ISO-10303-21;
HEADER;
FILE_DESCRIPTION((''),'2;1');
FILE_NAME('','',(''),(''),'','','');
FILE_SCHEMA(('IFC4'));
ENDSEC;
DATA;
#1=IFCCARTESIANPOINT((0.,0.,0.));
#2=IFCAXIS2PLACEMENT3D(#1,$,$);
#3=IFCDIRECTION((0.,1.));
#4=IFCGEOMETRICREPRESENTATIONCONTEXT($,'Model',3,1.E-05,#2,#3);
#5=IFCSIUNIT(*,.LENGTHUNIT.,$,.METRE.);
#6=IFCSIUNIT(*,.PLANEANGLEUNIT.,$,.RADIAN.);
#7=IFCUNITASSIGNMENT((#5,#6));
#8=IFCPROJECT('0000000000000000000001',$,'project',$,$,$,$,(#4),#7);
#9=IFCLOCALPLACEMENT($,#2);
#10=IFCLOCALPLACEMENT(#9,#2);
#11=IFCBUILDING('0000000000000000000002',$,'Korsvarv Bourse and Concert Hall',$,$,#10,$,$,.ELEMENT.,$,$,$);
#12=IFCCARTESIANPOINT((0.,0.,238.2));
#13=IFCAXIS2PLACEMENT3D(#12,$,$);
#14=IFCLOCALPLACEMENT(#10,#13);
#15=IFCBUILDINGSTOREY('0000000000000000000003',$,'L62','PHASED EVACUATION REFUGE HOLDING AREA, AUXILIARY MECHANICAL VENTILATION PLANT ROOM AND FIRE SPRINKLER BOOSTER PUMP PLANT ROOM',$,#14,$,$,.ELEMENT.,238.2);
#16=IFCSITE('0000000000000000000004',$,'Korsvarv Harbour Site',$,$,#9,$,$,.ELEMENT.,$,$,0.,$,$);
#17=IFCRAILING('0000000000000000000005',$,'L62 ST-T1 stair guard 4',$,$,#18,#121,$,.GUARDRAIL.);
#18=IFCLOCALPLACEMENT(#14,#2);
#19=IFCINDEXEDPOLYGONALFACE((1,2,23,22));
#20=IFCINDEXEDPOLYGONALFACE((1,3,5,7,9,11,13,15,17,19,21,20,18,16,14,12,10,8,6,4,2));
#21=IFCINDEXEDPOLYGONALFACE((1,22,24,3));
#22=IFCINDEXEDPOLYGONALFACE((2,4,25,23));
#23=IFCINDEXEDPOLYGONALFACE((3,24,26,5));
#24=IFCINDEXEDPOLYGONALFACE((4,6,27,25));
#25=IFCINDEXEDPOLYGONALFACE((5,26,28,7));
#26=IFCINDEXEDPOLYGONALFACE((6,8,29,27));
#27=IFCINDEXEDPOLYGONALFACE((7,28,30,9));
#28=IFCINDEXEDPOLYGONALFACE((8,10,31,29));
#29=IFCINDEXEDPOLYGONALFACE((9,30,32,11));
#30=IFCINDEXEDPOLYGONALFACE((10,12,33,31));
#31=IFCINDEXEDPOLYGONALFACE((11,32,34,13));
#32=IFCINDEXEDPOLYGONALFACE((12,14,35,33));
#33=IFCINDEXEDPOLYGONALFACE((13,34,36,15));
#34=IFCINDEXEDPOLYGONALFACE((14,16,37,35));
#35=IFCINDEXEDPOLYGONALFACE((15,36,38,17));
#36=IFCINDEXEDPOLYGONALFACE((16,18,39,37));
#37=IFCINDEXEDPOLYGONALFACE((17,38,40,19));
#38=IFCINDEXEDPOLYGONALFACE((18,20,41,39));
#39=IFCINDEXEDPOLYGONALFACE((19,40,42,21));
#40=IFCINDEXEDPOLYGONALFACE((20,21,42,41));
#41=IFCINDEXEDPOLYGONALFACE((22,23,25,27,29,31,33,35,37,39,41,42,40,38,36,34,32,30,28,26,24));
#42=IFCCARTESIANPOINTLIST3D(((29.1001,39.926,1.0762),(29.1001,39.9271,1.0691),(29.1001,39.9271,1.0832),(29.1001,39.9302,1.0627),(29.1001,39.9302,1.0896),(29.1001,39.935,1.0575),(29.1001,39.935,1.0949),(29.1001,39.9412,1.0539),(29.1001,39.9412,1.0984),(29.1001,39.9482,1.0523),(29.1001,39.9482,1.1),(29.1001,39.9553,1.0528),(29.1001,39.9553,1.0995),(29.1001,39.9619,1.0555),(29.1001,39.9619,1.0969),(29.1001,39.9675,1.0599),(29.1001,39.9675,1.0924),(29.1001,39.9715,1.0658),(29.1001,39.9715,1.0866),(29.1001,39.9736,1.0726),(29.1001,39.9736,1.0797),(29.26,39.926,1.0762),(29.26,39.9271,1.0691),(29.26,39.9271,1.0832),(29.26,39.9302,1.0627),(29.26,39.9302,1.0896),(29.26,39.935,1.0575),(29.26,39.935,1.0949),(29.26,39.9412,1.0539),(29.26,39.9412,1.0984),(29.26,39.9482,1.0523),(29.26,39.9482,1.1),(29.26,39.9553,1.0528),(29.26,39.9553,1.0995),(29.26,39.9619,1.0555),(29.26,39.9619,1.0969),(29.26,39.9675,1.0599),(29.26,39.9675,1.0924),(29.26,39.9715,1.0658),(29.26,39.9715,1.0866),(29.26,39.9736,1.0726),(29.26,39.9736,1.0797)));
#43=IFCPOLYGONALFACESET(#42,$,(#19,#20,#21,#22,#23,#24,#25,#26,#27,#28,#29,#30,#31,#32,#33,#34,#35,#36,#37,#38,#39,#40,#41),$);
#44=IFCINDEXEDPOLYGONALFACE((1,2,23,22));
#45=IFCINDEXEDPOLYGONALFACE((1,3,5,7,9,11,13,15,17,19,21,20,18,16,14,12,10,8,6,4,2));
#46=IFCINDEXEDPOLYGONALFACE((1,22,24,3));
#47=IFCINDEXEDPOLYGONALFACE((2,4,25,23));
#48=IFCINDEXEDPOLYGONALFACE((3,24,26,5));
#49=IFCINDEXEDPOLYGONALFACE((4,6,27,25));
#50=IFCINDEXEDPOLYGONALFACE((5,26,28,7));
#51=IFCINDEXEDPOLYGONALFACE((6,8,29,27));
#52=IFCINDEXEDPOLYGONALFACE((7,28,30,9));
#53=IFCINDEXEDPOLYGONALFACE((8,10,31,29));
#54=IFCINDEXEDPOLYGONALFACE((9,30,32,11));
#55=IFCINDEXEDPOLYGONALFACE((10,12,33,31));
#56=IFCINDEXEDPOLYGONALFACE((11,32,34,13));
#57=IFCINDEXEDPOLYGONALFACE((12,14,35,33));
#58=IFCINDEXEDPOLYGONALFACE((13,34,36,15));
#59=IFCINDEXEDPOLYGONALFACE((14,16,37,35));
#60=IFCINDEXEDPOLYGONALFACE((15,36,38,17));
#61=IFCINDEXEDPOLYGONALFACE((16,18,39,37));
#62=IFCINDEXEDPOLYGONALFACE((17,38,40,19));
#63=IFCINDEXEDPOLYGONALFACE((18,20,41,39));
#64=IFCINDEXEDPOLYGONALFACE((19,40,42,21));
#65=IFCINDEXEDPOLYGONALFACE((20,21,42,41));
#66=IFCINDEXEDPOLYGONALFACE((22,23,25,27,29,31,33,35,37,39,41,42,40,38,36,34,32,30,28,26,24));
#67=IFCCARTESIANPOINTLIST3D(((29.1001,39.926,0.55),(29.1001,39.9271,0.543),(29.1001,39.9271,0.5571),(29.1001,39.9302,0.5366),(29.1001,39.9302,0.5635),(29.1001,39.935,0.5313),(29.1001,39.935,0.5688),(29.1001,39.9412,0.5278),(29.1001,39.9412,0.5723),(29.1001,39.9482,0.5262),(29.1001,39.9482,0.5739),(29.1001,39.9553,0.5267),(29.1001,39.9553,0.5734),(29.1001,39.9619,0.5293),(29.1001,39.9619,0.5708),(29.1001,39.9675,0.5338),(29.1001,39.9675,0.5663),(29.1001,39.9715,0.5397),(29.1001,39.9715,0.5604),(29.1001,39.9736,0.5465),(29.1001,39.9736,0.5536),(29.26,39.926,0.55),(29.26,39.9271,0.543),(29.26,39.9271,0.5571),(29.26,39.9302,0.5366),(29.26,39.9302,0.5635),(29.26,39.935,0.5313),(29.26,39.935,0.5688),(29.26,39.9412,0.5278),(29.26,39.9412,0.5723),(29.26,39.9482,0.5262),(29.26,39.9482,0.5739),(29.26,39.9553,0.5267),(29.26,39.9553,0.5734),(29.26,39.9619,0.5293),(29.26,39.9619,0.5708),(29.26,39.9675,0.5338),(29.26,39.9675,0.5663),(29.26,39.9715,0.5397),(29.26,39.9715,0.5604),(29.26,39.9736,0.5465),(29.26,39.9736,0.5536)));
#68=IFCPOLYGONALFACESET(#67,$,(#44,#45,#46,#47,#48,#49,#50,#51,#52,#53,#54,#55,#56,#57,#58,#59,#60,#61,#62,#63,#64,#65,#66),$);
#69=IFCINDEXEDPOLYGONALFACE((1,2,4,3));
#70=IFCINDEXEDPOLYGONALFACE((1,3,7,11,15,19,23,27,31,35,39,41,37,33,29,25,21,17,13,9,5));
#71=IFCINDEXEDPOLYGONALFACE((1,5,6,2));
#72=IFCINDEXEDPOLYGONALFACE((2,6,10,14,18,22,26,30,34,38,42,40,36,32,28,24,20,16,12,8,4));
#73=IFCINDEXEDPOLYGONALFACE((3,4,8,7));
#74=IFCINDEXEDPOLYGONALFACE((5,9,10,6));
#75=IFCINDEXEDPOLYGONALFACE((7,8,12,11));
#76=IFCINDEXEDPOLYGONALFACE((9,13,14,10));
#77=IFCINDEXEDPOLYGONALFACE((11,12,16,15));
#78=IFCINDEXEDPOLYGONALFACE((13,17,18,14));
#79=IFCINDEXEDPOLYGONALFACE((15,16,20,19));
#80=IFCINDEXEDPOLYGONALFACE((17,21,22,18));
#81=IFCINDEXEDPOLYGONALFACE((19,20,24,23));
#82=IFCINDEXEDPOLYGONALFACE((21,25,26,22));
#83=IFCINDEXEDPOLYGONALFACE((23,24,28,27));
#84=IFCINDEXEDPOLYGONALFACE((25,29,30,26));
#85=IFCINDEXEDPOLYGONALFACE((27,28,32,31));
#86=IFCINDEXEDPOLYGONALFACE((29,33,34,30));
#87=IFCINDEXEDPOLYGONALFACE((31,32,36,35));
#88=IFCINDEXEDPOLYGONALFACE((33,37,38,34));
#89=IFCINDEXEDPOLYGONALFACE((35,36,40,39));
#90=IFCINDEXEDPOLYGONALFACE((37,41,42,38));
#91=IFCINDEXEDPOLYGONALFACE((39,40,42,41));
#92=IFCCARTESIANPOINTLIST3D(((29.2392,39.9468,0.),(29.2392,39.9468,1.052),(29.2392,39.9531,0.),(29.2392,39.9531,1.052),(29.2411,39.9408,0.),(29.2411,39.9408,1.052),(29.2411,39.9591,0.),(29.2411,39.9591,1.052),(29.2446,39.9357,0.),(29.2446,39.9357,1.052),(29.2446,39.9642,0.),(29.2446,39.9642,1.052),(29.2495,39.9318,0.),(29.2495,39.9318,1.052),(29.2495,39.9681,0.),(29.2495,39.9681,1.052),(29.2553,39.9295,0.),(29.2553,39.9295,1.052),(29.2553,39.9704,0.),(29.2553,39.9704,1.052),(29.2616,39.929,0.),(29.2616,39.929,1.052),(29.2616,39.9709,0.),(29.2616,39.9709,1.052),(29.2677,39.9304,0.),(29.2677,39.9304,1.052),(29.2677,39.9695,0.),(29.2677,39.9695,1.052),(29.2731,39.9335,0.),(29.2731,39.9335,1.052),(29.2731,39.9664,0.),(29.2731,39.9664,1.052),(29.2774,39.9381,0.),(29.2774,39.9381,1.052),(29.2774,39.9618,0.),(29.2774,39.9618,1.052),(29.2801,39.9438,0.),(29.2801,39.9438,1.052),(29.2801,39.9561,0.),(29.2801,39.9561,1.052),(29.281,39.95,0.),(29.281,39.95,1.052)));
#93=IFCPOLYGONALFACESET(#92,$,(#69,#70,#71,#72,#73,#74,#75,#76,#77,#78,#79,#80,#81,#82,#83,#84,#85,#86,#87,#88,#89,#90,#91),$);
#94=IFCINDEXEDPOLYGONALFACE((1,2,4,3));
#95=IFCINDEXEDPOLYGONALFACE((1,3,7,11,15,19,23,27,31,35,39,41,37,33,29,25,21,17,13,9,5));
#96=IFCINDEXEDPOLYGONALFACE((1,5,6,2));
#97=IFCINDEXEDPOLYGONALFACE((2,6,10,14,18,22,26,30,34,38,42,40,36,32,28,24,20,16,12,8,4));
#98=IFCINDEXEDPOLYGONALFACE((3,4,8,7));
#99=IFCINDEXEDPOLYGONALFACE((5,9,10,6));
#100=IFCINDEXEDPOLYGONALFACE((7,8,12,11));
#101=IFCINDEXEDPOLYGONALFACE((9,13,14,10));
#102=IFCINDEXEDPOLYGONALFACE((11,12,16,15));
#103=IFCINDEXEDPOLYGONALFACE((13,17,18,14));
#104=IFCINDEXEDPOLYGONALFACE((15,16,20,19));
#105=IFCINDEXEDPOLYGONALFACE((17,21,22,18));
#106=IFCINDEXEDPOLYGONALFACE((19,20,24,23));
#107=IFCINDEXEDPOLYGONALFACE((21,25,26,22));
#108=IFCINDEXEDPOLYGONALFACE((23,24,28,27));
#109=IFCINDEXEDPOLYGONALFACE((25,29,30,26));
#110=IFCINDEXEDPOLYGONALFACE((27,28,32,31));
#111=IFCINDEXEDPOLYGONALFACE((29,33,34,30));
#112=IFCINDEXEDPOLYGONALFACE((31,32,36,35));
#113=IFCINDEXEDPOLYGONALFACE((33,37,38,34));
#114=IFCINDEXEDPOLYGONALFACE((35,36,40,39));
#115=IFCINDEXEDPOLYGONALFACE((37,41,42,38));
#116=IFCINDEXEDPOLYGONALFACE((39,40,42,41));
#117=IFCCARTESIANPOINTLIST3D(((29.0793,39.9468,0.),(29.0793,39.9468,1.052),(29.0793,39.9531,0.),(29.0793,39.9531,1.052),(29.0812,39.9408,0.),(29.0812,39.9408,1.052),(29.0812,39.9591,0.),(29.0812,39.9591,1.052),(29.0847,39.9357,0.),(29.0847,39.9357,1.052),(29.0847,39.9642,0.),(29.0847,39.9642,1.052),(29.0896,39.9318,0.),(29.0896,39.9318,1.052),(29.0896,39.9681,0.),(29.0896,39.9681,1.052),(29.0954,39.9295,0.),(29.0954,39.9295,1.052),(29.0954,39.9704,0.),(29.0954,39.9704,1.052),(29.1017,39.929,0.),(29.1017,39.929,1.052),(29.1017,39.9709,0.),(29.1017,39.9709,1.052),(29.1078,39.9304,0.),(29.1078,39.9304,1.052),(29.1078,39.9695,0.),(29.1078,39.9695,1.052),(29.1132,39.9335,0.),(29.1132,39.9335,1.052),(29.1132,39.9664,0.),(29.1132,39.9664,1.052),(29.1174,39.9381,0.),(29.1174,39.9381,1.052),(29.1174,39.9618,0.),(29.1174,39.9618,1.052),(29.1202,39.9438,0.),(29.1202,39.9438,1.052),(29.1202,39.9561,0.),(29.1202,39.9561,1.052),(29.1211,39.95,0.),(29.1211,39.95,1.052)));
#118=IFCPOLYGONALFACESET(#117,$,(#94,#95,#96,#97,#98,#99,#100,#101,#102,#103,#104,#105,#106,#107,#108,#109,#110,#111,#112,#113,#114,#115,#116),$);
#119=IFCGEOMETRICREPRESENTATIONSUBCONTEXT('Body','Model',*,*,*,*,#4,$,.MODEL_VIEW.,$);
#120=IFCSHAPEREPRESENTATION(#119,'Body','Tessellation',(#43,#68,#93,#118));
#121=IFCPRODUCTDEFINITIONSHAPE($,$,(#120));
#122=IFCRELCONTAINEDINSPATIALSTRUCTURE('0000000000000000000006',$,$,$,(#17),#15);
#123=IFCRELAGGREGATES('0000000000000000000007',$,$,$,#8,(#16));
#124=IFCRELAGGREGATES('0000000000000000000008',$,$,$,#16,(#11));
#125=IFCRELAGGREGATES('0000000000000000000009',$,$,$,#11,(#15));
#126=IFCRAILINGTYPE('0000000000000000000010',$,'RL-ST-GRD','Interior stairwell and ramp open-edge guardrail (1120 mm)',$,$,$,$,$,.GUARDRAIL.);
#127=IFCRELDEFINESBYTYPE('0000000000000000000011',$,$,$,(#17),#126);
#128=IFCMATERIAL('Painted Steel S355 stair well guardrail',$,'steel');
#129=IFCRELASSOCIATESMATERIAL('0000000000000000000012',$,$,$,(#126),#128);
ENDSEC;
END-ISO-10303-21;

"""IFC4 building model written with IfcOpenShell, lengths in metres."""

from ifc_helpers import new_model, si_unit, direction, frame, origin, origin_2d, place, context, subcontext, project, spatial, circle, extrude, material, type_object, element, save


model = new_model("IFC4")

# Units and contexts
model_context = context("Model", 3, precision=1e-05, world=origin(), true_north=direction((0.0, 1.0)))
body_context = subcontext(model_context, "Body", "Model", "MODEL_VIEW")
ifc_project = project(units=[si_unit("LENGTHUNIT", "METRE"), si_unit("PLANEANGLEUNIT", "RADIAN")], contexts=[model_context])

# Site, building, storey
site_placement = place(None, origin())
site = spatial("IfcSite", under=ifc_project, at=site_placement, Name="Korsvarv Harbour Site", CompositionType="ELEMENT", RefElevation=0.0)
building_placement = place(site_placement, origin())
building = spatial("IfcBuilding", under=site, at=building_placement, Name="Korsvarv Bourse and Concert Hall", CompositionType="ELEMENT")
storey_placement = place(building_placement, frame((0.0, 0.0, 238.2)))
storey = spatial("IfcBuildingStorey", under=building, at=storey_placement, Name="L62", Description="PHASED EVACUATION REFUGE HOLDING AREA, AUXILIARY MECHANICAL VENTILATION PLANT ROOM AND FIRE SPRINKLER BOOSTER PUMP PLANT ROOM", CompositionType="ELEMENT", Elevation=238.2)

# Railing
ifc_material_1 = material(Name="Painted Steel S355 stair well guardrail", Category="steel")
railing_type_1 = type_object("IfcRailingType", Name="RL-ST-GRD", Description="Interior stairwell and ramp open-edge guardrail (1120 mm)", PredefinedType="GUARDRAIL", material=ifc_material_1)
railing_1_placement = place(storey_placement, frame((29.26, 39.95, 0.0)))
element("IfcRailing", 1, at=railing_1_placement, inside=storey, type_object=railing_type_1, Name="L62 ST-T1 stair guard 4", PredefinedType="GUARDRAIL", context=body_context, shape_type="SweptSolid", body=[
    extrude(circle(Radius=0.0239, at=origin_2d()), frame((0.0, 0.0, 1.0762), z_axis=(-1.0, 0.0, 0.0), x_axis=(0.0, -1.0, 0.0)), (0.0, 0.0, 1.0), 0.1599),
    extrude(circle(Radius=0.0239, at=origin_2d()), frame((0.0, 0.0, 0.55), z_axis=(-1.0, 0.0, 0.0), x_axis=(0.0, -1.0, 0.0)), (0.0, 0.0, 1.0), 0.1599),
    extrude(circle(Radius=0.021, at=origin_2d()), origin(), (0.0, 0.0, 1.0), 1.052),
    extrude(circle(Radius=0.021, at=origin_2d()), frame((-0.1599, 0.0, 0.0)), (0.0, 0.0, 1.0), 1.052),
])

save(model, "model.ifc")
